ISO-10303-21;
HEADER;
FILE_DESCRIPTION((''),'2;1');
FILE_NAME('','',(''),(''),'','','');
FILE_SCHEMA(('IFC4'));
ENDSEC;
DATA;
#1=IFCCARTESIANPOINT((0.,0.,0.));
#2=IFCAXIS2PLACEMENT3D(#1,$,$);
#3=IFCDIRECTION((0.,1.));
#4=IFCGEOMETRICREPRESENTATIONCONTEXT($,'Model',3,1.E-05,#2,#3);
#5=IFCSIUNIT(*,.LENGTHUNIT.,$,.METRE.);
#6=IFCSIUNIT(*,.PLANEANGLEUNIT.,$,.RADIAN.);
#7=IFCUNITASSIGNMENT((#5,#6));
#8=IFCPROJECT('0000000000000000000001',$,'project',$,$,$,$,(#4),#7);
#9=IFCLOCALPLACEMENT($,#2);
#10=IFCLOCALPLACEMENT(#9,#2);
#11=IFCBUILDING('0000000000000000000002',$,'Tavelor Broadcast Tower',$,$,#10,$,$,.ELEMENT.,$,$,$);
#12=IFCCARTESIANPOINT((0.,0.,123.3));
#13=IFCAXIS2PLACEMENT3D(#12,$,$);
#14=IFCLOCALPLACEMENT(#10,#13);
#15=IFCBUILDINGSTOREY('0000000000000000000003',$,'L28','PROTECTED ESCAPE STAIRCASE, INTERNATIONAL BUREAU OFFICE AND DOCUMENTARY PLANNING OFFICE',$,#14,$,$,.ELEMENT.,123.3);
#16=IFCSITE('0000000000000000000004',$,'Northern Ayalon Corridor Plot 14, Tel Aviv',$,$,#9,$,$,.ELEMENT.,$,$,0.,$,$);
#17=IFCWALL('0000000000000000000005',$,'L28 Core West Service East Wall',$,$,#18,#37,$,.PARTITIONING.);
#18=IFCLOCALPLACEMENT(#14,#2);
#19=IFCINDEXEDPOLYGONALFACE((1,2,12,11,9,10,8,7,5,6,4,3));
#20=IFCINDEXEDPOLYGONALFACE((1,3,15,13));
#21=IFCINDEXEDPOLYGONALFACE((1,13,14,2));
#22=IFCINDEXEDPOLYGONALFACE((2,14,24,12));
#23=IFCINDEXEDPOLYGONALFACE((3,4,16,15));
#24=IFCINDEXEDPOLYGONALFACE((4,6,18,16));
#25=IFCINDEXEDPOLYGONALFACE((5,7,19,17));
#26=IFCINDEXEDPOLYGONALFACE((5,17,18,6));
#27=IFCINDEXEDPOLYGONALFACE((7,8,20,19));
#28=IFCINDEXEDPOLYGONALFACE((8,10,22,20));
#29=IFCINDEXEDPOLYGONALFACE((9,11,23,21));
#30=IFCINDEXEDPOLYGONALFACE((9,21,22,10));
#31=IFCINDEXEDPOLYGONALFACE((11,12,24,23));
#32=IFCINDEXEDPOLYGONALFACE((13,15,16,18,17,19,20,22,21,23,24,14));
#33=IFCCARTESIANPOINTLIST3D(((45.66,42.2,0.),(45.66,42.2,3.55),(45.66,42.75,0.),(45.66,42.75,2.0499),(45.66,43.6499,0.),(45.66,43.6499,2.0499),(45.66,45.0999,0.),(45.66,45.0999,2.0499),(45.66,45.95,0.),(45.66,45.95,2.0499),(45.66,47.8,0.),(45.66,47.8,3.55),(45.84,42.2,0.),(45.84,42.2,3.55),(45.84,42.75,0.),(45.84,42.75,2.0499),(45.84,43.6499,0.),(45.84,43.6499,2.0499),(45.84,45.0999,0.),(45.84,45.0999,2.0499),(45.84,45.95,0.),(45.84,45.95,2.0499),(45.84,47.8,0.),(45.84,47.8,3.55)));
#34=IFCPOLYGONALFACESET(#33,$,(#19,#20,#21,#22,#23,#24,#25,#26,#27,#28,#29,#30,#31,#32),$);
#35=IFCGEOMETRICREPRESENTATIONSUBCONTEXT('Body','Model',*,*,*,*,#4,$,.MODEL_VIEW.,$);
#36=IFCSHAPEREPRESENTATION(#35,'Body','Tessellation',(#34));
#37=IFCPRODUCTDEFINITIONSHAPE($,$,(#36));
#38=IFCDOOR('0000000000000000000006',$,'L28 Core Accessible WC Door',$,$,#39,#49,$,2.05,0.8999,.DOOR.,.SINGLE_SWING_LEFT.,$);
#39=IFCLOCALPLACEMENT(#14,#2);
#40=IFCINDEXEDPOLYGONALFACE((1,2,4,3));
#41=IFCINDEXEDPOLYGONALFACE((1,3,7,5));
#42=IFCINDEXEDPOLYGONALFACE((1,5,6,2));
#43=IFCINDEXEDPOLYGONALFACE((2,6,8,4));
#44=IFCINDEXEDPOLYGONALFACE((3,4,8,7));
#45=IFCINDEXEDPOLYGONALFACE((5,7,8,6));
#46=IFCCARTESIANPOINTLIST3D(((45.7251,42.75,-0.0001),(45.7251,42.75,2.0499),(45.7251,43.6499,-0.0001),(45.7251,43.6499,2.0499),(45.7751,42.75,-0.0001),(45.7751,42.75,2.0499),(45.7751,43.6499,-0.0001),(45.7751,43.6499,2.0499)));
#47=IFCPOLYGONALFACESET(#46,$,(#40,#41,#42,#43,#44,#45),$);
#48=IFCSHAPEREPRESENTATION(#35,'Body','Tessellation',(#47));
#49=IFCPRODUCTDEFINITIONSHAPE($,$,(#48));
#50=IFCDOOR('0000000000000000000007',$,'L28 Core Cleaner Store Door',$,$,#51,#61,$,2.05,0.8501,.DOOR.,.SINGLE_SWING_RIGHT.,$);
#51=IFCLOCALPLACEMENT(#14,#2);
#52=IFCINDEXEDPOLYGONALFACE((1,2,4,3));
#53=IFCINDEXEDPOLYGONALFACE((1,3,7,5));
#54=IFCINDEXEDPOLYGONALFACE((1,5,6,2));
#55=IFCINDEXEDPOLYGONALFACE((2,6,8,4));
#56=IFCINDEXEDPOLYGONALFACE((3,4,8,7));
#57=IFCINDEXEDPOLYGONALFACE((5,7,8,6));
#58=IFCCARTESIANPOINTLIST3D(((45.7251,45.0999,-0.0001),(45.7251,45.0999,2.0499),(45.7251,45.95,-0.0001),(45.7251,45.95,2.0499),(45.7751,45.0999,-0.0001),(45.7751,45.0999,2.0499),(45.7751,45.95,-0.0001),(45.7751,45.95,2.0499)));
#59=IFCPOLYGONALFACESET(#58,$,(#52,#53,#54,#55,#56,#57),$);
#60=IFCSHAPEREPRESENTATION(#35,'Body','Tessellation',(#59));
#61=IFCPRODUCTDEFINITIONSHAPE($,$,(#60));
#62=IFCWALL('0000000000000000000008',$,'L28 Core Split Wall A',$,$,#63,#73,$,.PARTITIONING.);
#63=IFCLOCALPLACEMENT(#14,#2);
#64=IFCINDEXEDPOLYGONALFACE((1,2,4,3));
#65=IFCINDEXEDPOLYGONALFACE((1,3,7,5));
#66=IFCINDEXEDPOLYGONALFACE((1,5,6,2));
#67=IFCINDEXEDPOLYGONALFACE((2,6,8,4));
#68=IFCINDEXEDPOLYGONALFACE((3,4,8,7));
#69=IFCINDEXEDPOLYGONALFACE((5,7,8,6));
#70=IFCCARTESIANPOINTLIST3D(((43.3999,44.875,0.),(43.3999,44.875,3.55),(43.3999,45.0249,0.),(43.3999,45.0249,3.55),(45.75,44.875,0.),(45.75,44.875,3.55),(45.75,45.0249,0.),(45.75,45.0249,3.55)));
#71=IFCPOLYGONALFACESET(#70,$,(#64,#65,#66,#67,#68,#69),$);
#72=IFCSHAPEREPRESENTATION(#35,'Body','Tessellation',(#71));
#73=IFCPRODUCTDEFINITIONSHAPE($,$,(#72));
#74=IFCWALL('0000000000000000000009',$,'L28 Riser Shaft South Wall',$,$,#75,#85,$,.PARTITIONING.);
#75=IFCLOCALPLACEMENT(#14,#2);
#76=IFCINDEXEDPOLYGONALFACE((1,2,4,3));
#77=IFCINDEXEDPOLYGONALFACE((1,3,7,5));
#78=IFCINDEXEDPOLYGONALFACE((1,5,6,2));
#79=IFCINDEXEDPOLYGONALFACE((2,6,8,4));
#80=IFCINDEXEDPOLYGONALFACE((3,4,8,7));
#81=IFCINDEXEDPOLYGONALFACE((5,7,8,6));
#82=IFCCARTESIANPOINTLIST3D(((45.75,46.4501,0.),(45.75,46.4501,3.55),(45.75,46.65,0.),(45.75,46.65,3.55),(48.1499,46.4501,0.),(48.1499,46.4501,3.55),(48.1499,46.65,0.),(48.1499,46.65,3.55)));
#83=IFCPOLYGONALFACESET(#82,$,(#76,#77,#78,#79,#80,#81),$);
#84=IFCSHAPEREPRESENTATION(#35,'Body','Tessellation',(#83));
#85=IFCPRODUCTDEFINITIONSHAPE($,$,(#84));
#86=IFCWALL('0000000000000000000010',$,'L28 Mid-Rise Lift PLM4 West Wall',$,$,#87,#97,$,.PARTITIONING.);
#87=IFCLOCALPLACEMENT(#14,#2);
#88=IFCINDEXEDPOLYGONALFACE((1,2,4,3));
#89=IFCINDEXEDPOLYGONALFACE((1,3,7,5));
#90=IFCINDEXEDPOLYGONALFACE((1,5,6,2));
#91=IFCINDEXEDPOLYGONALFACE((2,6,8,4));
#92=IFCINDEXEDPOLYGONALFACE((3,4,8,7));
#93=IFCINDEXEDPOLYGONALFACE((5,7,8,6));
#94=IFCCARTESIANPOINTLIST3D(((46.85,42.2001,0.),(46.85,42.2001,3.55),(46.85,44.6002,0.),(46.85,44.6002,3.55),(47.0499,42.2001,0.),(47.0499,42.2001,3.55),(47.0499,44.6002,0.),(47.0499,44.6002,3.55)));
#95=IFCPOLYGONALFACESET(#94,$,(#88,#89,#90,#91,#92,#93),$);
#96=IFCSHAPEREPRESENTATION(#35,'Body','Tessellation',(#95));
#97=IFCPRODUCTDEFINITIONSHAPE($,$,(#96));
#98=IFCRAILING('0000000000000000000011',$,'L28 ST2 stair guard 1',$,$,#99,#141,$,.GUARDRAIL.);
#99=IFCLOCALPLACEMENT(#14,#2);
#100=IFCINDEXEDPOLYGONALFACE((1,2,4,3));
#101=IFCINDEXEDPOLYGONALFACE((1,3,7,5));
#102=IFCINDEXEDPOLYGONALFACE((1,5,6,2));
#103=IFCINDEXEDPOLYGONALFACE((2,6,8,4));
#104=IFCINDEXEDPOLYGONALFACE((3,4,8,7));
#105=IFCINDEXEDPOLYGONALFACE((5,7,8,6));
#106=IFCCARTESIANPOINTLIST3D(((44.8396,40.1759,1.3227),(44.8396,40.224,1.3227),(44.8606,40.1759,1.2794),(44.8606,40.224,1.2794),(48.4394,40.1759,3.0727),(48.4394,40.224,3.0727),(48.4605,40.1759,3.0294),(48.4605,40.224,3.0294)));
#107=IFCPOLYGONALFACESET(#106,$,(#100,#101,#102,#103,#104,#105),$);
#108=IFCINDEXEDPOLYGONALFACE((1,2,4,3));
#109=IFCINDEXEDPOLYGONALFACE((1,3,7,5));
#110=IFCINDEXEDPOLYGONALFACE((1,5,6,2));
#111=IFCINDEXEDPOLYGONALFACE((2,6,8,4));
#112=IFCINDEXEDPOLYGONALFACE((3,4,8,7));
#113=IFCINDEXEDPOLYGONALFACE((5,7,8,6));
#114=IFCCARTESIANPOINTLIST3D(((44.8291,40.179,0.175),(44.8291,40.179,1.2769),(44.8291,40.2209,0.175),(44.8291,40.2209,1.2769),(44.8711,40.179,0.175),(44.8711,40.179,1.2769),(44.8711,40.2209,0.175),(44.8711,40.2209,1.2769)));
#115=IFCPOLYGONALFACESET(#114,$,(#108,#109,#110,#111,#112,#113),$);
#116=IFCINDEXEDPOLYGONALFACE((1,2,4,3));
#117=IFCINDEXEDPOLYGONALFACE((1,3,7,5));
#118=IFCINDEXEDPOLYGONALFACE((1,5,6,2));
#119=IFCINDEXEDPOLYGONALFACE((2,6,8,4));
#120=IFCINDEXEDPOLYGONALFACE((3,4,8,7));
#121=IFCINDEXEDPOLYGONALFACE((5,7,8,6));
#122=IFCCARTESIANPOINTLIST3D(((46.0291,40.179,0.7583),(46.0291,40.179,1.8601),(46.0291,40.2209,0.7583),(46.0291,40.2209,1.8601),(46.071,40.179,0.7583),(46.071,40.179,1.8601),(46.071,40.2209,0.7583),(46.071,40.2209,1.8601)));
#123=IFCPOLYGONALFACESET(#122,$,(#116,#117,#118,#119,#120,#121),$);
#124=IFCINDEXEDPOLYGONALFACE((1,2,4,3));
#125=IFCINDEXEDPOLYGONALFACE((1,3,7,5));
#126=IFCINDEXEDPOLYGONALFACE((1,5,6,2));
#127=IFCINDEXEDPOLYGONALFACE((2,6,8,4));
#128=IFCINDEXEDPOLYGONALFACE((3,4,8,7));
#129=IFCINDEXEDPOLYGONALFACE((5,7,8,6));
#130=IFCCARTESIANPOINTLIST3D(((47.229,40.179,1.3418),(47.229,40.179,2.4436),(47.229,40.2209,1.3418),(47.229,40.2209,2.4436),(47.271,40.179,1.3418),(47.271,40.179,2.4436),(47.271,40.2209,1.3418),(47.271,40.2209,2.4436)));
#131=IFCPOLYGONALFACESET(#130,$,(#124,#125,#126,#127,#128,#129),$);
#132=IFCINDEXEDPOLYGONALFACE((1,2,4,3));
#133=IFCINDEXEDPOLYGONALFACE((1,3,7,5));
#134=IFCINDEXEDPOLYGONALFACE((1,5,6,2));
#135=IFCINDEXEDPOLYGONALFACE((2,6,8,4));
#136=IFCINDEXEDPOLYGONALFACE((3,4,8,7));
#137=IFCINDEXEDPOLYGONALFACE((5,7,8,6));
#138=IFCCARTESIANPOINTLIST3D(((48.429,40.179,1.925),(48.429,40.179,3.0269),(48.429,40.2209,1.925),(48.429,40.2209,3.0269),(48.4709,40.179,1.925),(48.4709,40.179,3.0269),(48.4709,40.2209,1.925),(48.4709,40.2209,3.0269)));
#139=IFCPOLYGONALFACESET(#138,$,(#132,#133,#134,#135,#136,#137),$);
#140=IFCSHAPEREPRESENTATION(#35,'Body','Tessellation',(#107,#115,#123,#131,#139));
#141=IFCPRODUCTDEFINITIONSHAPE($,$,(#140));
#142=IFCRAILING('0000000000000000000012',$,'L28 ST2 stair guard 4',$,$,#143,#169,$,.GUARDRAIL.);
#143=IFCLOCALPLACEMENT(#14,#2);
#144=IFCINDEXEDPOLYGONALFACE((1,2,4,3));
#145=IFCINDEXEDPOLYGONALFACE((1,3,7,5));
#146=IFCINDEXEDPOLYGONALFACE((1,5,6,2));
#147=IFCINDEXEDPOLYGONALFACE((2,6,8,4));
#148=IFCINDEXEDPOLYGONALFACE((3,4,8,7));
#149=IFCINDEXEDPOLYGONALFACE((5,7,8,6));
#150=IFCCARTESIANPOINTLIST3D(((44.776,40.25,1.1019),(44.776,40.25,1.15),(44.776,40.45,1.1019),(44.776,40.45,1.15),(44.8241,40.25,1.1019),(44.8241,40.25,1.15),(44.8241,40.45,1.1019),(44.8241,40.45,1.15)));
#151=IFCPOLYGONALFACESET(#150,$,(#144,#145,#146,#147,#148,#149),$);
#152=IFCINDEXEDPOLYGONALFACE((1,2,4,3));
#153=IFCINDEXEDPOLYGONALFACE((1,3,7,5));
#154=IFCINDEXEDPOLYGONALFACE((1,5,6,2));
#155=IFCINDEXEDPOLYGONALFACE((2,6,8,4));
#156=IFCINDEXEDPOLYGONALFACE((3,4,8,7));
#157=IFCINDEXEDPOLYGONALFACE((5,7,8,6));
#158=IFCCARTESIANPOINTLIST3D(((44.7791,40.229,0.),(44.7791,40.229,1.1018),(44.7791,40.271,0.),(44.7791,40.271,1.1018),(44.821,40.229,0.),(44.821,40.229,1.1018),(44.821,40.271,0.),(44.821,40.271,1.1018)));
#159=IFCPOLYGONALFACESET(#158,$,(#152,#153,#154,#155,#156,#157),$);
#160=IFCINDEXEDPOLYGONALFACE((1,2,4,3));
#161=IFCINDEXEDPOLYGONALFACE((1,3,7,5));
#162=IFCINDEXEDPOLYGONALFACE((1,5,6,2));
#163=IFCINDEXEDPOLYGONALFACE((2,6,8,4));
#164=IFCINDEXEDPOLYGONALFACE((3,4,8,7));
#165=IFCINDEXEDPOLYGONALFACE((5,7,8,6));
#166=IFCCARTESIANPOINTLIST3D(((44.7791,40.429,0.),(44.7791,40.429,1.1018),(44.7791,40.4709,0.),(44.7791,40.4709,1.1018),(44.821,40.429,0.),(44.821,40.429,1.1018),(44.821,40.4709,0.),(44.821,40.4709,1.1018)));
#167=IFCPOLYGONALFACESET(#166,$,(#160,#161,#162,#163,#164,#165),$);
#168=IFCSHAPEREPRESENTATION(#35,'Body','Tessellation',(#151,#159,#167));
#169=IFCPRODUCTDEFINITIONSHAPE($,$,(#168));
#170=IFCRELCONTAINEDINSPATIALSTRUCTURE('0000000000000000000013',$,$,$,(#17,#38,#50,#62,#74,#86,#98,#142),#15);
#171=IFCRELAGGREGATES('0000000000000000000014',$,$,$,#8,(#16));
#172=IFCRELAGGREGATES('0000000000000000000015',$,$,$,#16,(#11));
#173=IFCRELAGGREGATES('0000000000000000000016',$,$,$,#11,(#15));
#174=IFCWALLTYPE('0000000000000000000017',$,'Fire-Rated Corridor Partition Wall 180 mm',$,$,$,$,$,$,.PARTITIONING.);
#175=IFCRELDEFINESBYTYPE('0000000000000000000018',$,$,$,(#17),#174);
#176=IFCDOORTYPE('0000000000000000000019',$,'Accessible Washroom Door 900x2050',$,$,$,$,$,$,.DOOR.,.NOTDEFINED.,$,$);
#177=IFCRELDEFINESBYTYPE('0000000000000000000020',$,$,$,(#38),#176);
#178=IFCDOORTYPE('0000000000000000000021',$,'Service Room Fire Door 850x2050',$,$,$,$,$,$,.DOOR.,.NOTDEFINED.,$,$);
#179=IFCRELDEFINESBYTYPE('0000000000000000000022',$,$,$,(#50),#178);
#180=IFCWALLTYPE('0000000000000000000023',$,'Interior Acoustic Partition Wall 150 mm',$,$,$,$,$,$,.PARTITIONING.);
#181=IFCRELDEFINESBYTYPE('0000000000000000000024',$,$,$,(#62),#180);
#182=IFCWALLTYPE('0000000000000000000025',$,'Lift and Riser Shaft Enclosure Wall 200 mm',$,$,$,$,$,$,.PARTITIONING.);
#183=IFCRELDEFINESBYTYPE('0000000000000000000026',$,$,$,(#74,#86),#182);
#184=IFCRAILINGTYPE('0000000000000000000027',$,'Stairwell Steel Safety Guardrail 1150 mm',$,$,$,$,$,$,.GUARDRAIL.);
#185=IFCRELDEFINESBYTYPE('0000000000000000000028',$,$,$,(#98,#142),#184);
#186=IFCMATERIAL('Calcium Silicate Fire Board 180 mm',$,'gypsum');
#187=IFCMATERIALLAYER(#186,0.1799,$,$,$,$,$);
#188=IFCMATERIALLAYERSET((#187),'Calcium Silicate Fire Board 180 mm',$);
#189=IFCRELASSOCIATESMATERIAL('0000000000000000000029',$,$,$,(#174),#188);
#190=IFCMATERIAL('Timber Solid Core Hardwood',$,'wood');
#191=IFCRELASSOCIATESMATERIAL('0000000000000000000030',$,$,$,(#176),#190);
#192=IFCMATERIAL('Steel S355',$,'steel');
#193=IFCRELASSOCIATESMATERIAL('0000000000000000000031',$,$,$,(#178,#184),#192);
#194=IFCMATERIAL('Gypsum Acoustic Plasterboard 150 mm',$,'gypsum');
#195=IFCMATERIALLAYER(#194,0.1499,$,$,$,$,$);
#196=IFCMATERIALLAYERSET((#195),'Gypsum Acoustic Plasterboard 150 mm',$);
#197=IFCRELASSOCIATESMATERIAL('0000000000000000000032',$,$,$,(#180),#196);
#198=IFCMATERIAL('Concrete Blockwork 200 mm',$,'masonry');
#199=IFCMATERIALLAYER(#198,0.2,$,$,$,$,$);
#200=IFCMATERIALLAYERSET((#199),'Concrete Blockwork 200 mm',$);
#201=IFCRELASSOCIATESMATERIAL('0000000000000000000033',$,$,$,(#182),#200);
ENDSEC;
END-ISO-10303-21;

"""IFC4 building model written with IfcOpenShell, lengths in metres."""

from ifc_helpers import new_model, si_unit, direction, frame, frame_2d, origin, origin_2d, place, context, subcontext, project, spatial, rectangle, extrude, material, layer, layer_set, type_object, element, fill, save


model = new_model("IFC4")

# Units and contexts
model_context = context("Model", 3, precision=1e-05, world=origin(), true_north=direction((0.0, 1.0)))
body_context = subcontext(model_context, "Body", "Model", "MODEL_VIEW")
ifc_project = project(units=[si_unit("LENGTHUNIT", "METRE"), si_unit("PLANEANGLEUNIT", "RADIAN")], contexts=[model_context])

# Site, building, storey
site_placement = place(None, origin())
site = spatial("IfcSite", under=ifc_project, at=site_placement, Name="Northern Ayalon Corridor Plot 14, Tel Aviv", CompositionType="ELEMENT", RefElevation=0.0)
building_placement = place(site_placement, origin())
building = spatial("IfcBuilding", under=site, at=building_placement, Name="Tavelor Broadcast Tower", CompositionType="ELEMENT")
storey_placement = place(building_placement, frame((0.0, 0.0, 123.3)))
storey = spatial("IfcBuildingStorey", under=building, at=storey_placement, Name="L28", Description="PROTECTED ESCAPE STAIRCASE, INTERNATIONAL BUREAU OFFICE AND DOCUMENTARY PLANNING OFFICE", CompositionType="ELEMENT", Elevation=123.3)

# Shared definitions
ifc_material_1 = material(Name="Steel S355", Category="steel")

# Wall, openings, doors
ifc_material_2 = material(Name="Calcium Silicate Fire Board 180 mm", Category="gypsum")
ifc_layer_1 = layer(ifc_material_2, 0.1799)
ifc_layer_set_1 = layer_set([ifc_layer_1], Name="Calcium Silicate Fire Board 180 mm")
wall_type_1 = type_object("IfcWallType", Name="Fire-Rated Corridor Partition Wall 180 mm", PredefinedType="PARTITIONING", material=ifc_layer_set_1)
wall_1_placement = place(storey_placement, frame((45.75, 42.2, 0.0), z_axis=(0.0, 0.0, 1.0), x_axis=(0.0, 1.0, 0.0)))
wall_1 = element("IfcWall", 1, at=wall_1_placement, inside=storey, type_object=wall_type_1, Name="L28 Core West Service East Wall", PredefinedType="PARTITIONING", context=body_context, shape_type="SweptSolid", body=[
    extrude(rectangle(XDim=5.6001, YDim=0.1799, at=frame_2d((2.8, 0.0))), origin(), (0.0, 0.0, 1.0), 3.55),
])
opening_1_placement = place(wall_1_placement, frame((0.55, 0.0, 0.0)))
opening_1 = element("IfcOpeningElement", 2, at=opening_1_placement, cuts=wall_1, PredefinedType="OPENING", context=body_context, shape_type="SweptSolid", body=[
    extrude(rectangle(XDim=0.8999, YDim=2.05, at=frame_2d((0.45, 1.0249))), frame((0.0, 0.1001, 0.0), z_axis=(0.0, -1.0, 0.0), x_axis=(1.0, 0.0, 0.0)), (0.0, 0.0, 1.0), 0.2),
])
opening_2_placement = place(wall_1_placement, frame((2.8999, 0.0, 0.0)))
opening_2 = element("IfcOpeningElement", 3, at=opening_2_placement, cuts=wall_1, PredefinedType="OPENING", context=body_context, shape_type="SweptSolid", body=[
    extrude(rectangle(XDim=0.8501, YDim=2.05, at=frame_2d((0.425, 1.0249))), frame((0.0, 0.1001, 0.0), z_axis=(0.0, -1.0, 0.0), x_axis=(1.0, 0.0, 0.0)), (0.0, 0.0, 1.0), 0.2),
])
ifc_material_3 = material(Name="Timber Solid Core Hardwood", Category="wood")
door_type_1 = type_object("IfcDoorType", Name="Accessible Washroom Door 900x2050", OperationType="NOTDEFINED", PredefinedType="DOOR", material=ifc_material_3)
door_1_placement = place(opening_1_placement, origin())
door_1 = element("IfcDoor", 4, at=door_1_placement, inside=storey, type_object=door_type_1, Name="L28 Core Accessible WC Door", OperationType="SINGLE_SWING_LEFT", OverallHeight=2.05, OverallWidth=0.8999, PredefinedType="DOOR", context=body_context, shape_type="SweptSolid", body=[
    extrude(rectangle(XDim=0.8999, YDim=2.05, at=frame_2d((0.45, 1.0249))), frame((0.0, 0.0249, 0.0), z_axis=(0.0, -1.0, 0.0), x_axis=(1.0, 0.0, 0.0)), (0.0, 0.0, 1.0), 0.05),
])
fill(opening_1, door_1)
door_type_2 = type_object("IfcDoorType", Name="Service Room Fire Door 850x2050", OperationType="NOTDEFINED", PredefinedType="DOOR", material=ifc_material_1)
door_2_placement = place(opening_2_placement, origin())
door_2 = element("IfcDoor", 5, at=door_2_placement, inside=storey, type_object=door_type_2, Name="L28 Core Cleaner Store Door", OperationType="SINGLE_SWING_RIGHT", OverallHeight=2.05, OverallWidth=0.8501, PredefinedType="DOOR", context=body_context, shape_type="SweptSolid", body=[
    extrude(rectangle(XDim=0.8501, YDim=2.05, at=frame_2d((0.425, 1.0249))), frame((0.0, 0.0249, 0.0), z_axis=(0.0, -1.0, 0.0), x_axis=(1.0, 0.0, 0.0)), (0.0, 0.0, 1.0), 0.05),
])
fill(opening_2, door_2)

# Walls
ifc_material_4 = material(Name="Gypsum Acoustic Plasterboard 150 mm", Category="gypsum")
ifc_layer_2 = layer(ifc_material_4, 0.1499)
ifc_layer_set_2 = layer_set([ifc_layer_2], Name="Gypsum Acoustic Plasterboard 150 mm")
wall_type_2 = type_object("IfcWallType", Name="Interior Acoustic Partition Wall 150 mm", PredefinedType="PARTITIONING", material=ifc_layer_set_2)
wall_2_placement = place(storey_placement, frame((43.3999, 44.95, 0.0), z_axis=(0.0, 0.0, 1.0), x_axis=(1.0, 0.0, 0.0)))
element("IfcWall", 6, at=wall_2_placement, inside=storey, type_object=wall_type_2, Name="L28 Core Split Wall A", PredefinedType="PARTITIONING", context=body_context, shape_type="SweptSolid", body=[
    extrude(rectangle(XDim=2.3501, YDim=0.1499, at=frame_2d((1.175, 0.0))), origin(), (0.0, 0.0, 1.0), 3.55),
])
ifc_material_5 = material(Name="Concrete Blockwork 200 mm", Category="masonry")
ifc_layer_3 = layer(ifc_material_5, 0.2)
ifc_layer_set_3 = layer_set([ifc_layer_3], Name="Concrete Blockwork 200 mm")
wall_type_3 = type_object("IfcWallType", Name="Lift and Riser Shaft Enclosure Wall 200 mm", PredefinedType="PARTITIONING", material=ifc_layer_set_3)
wall_3_placement = place(storey_placement, frame((45.75, 46.55, 0.0), z_axis=(0.0, 0.0, 1.0), x_axis=(1.0, 0.0, 0.0)))
element("IfcWall", 7, at=wall_3_placement, inside=storey, type_object=wall_type_3, Name="L28 Riser Shaft South Wall", PredefinedType="PARTITIONING", context=body_context, shape_type="SweptSolid", body=[
    extrude(rectangle(XDim=2.3999, YDim=0.2, at=frame_2d((1.2, 0.0))), origin(), (0.0, 0.0, 1.0), 3.55),
])
wall_4_placement = place(storey_placement, frame((46.95, 42.2, 0.0), z_axis=(0.0, 0.0, 1.0), x_axis=(0.0, 1.0, 0.0)))
element("IfcWall", 8, at=wall_4_placement, inside=storey, type_object=wall_type_3, Name="L28 Mid-Rise Lift PLM4 West Wall", PredefinedType="PARTITIONING", context=body_context, shape_type="SweptSolid", body=[
    extrude(rectangle(XDim=2.4001, YDim=0.2, at=frame_2d((1.2002, 0.0))), origin(), (0.0, 0.0, 1.0), 3.55),
])

# Railings
railing_type = type_object("IfcRailingType", Name="Stairwell Steel Safety Guardrail 1150 mm", PredefinedType="GUARDRAIL", material=ifc_material_1)
railing_1_placement = place(storey_placement, frame((44.8501, 40.2, 0.175)))
element("IfcRailing", 9, at=railing_1_placement, inside=storey, type_object=railing_type, Name="L28 ST2 stair guard 1", PredefinedType="GUARDRAIL", context=body_context, shape_type="SweptSolid", body=[
    extrude(rectangle(XDim=0.0481, YDim=0.0481, at=origin_2d()), frame((0.0, 0.0, 1.126), z_axis=(0.899361, 0.0, 0.437207), x_axis=(0.0, 1.0, 0.0)), (0.0, 0.0, 1.0), 4.0027),
    extrude(rectangle(XDim=0.042, YDim=0.042, at=origin_2d()), origin(), (0.0, 0.0, 1.0), 1.1018),
    extrude(rectangle(XDim=0.042, YDim=0.042, at=origin_2d()), frame((1.2, 0.0, 0.5833)), (0.0, 0.0, 1.0), 1.1018),
    extrude(rectangle(XDim=0.042, YDim=0.042, at=origin_2d()), frame((2.3999, 0.0, 1.1667)), (0.0, 0.0, 1.0), 1.1018),
    extrude(rectangle(XDim=0.042, YDim=0.042, at=origin_2d()), frame((3.5999, 0.0, 1.75)), (0.0, 0.0, 1.0), 1.1018),
])
railing_2_placement = place(storey_placement, frame((44.8, 40.25, 0.0)))
element("IfcRailing", 10, at=railing_2_placement, inside=storey, type_object=railing_type, Name="L28 ST2 stair guard 4", PredefinedType="GUARDRAIL", context=body_context, shape_type="SweptSolid", body=[
    extrude(rectangle(XDim=0.0481, YDim=0.0481, at=origin_2d()), frame((0.0, 0.0, 1.126), z_axis=(0.0, 1.0, 0.0), x_axis=(-1.0, 0.0, 0.0)), (0.0, 0.0, 1.0), 0.2),
    extrude(rectangle(XDim=0.042, YDim=0.042, at=origin_2d()), origin(), (0.0, 0.0, 1.0), 1.1018),
    extrude(rectangle(XDim=0.042, YDim=0.042, at=origin_2d()), frame((0.0, 0.2, 0.0)), (0.0, 0.0, 1.0), 1.1018),
])

save(model, "model.ifc")
